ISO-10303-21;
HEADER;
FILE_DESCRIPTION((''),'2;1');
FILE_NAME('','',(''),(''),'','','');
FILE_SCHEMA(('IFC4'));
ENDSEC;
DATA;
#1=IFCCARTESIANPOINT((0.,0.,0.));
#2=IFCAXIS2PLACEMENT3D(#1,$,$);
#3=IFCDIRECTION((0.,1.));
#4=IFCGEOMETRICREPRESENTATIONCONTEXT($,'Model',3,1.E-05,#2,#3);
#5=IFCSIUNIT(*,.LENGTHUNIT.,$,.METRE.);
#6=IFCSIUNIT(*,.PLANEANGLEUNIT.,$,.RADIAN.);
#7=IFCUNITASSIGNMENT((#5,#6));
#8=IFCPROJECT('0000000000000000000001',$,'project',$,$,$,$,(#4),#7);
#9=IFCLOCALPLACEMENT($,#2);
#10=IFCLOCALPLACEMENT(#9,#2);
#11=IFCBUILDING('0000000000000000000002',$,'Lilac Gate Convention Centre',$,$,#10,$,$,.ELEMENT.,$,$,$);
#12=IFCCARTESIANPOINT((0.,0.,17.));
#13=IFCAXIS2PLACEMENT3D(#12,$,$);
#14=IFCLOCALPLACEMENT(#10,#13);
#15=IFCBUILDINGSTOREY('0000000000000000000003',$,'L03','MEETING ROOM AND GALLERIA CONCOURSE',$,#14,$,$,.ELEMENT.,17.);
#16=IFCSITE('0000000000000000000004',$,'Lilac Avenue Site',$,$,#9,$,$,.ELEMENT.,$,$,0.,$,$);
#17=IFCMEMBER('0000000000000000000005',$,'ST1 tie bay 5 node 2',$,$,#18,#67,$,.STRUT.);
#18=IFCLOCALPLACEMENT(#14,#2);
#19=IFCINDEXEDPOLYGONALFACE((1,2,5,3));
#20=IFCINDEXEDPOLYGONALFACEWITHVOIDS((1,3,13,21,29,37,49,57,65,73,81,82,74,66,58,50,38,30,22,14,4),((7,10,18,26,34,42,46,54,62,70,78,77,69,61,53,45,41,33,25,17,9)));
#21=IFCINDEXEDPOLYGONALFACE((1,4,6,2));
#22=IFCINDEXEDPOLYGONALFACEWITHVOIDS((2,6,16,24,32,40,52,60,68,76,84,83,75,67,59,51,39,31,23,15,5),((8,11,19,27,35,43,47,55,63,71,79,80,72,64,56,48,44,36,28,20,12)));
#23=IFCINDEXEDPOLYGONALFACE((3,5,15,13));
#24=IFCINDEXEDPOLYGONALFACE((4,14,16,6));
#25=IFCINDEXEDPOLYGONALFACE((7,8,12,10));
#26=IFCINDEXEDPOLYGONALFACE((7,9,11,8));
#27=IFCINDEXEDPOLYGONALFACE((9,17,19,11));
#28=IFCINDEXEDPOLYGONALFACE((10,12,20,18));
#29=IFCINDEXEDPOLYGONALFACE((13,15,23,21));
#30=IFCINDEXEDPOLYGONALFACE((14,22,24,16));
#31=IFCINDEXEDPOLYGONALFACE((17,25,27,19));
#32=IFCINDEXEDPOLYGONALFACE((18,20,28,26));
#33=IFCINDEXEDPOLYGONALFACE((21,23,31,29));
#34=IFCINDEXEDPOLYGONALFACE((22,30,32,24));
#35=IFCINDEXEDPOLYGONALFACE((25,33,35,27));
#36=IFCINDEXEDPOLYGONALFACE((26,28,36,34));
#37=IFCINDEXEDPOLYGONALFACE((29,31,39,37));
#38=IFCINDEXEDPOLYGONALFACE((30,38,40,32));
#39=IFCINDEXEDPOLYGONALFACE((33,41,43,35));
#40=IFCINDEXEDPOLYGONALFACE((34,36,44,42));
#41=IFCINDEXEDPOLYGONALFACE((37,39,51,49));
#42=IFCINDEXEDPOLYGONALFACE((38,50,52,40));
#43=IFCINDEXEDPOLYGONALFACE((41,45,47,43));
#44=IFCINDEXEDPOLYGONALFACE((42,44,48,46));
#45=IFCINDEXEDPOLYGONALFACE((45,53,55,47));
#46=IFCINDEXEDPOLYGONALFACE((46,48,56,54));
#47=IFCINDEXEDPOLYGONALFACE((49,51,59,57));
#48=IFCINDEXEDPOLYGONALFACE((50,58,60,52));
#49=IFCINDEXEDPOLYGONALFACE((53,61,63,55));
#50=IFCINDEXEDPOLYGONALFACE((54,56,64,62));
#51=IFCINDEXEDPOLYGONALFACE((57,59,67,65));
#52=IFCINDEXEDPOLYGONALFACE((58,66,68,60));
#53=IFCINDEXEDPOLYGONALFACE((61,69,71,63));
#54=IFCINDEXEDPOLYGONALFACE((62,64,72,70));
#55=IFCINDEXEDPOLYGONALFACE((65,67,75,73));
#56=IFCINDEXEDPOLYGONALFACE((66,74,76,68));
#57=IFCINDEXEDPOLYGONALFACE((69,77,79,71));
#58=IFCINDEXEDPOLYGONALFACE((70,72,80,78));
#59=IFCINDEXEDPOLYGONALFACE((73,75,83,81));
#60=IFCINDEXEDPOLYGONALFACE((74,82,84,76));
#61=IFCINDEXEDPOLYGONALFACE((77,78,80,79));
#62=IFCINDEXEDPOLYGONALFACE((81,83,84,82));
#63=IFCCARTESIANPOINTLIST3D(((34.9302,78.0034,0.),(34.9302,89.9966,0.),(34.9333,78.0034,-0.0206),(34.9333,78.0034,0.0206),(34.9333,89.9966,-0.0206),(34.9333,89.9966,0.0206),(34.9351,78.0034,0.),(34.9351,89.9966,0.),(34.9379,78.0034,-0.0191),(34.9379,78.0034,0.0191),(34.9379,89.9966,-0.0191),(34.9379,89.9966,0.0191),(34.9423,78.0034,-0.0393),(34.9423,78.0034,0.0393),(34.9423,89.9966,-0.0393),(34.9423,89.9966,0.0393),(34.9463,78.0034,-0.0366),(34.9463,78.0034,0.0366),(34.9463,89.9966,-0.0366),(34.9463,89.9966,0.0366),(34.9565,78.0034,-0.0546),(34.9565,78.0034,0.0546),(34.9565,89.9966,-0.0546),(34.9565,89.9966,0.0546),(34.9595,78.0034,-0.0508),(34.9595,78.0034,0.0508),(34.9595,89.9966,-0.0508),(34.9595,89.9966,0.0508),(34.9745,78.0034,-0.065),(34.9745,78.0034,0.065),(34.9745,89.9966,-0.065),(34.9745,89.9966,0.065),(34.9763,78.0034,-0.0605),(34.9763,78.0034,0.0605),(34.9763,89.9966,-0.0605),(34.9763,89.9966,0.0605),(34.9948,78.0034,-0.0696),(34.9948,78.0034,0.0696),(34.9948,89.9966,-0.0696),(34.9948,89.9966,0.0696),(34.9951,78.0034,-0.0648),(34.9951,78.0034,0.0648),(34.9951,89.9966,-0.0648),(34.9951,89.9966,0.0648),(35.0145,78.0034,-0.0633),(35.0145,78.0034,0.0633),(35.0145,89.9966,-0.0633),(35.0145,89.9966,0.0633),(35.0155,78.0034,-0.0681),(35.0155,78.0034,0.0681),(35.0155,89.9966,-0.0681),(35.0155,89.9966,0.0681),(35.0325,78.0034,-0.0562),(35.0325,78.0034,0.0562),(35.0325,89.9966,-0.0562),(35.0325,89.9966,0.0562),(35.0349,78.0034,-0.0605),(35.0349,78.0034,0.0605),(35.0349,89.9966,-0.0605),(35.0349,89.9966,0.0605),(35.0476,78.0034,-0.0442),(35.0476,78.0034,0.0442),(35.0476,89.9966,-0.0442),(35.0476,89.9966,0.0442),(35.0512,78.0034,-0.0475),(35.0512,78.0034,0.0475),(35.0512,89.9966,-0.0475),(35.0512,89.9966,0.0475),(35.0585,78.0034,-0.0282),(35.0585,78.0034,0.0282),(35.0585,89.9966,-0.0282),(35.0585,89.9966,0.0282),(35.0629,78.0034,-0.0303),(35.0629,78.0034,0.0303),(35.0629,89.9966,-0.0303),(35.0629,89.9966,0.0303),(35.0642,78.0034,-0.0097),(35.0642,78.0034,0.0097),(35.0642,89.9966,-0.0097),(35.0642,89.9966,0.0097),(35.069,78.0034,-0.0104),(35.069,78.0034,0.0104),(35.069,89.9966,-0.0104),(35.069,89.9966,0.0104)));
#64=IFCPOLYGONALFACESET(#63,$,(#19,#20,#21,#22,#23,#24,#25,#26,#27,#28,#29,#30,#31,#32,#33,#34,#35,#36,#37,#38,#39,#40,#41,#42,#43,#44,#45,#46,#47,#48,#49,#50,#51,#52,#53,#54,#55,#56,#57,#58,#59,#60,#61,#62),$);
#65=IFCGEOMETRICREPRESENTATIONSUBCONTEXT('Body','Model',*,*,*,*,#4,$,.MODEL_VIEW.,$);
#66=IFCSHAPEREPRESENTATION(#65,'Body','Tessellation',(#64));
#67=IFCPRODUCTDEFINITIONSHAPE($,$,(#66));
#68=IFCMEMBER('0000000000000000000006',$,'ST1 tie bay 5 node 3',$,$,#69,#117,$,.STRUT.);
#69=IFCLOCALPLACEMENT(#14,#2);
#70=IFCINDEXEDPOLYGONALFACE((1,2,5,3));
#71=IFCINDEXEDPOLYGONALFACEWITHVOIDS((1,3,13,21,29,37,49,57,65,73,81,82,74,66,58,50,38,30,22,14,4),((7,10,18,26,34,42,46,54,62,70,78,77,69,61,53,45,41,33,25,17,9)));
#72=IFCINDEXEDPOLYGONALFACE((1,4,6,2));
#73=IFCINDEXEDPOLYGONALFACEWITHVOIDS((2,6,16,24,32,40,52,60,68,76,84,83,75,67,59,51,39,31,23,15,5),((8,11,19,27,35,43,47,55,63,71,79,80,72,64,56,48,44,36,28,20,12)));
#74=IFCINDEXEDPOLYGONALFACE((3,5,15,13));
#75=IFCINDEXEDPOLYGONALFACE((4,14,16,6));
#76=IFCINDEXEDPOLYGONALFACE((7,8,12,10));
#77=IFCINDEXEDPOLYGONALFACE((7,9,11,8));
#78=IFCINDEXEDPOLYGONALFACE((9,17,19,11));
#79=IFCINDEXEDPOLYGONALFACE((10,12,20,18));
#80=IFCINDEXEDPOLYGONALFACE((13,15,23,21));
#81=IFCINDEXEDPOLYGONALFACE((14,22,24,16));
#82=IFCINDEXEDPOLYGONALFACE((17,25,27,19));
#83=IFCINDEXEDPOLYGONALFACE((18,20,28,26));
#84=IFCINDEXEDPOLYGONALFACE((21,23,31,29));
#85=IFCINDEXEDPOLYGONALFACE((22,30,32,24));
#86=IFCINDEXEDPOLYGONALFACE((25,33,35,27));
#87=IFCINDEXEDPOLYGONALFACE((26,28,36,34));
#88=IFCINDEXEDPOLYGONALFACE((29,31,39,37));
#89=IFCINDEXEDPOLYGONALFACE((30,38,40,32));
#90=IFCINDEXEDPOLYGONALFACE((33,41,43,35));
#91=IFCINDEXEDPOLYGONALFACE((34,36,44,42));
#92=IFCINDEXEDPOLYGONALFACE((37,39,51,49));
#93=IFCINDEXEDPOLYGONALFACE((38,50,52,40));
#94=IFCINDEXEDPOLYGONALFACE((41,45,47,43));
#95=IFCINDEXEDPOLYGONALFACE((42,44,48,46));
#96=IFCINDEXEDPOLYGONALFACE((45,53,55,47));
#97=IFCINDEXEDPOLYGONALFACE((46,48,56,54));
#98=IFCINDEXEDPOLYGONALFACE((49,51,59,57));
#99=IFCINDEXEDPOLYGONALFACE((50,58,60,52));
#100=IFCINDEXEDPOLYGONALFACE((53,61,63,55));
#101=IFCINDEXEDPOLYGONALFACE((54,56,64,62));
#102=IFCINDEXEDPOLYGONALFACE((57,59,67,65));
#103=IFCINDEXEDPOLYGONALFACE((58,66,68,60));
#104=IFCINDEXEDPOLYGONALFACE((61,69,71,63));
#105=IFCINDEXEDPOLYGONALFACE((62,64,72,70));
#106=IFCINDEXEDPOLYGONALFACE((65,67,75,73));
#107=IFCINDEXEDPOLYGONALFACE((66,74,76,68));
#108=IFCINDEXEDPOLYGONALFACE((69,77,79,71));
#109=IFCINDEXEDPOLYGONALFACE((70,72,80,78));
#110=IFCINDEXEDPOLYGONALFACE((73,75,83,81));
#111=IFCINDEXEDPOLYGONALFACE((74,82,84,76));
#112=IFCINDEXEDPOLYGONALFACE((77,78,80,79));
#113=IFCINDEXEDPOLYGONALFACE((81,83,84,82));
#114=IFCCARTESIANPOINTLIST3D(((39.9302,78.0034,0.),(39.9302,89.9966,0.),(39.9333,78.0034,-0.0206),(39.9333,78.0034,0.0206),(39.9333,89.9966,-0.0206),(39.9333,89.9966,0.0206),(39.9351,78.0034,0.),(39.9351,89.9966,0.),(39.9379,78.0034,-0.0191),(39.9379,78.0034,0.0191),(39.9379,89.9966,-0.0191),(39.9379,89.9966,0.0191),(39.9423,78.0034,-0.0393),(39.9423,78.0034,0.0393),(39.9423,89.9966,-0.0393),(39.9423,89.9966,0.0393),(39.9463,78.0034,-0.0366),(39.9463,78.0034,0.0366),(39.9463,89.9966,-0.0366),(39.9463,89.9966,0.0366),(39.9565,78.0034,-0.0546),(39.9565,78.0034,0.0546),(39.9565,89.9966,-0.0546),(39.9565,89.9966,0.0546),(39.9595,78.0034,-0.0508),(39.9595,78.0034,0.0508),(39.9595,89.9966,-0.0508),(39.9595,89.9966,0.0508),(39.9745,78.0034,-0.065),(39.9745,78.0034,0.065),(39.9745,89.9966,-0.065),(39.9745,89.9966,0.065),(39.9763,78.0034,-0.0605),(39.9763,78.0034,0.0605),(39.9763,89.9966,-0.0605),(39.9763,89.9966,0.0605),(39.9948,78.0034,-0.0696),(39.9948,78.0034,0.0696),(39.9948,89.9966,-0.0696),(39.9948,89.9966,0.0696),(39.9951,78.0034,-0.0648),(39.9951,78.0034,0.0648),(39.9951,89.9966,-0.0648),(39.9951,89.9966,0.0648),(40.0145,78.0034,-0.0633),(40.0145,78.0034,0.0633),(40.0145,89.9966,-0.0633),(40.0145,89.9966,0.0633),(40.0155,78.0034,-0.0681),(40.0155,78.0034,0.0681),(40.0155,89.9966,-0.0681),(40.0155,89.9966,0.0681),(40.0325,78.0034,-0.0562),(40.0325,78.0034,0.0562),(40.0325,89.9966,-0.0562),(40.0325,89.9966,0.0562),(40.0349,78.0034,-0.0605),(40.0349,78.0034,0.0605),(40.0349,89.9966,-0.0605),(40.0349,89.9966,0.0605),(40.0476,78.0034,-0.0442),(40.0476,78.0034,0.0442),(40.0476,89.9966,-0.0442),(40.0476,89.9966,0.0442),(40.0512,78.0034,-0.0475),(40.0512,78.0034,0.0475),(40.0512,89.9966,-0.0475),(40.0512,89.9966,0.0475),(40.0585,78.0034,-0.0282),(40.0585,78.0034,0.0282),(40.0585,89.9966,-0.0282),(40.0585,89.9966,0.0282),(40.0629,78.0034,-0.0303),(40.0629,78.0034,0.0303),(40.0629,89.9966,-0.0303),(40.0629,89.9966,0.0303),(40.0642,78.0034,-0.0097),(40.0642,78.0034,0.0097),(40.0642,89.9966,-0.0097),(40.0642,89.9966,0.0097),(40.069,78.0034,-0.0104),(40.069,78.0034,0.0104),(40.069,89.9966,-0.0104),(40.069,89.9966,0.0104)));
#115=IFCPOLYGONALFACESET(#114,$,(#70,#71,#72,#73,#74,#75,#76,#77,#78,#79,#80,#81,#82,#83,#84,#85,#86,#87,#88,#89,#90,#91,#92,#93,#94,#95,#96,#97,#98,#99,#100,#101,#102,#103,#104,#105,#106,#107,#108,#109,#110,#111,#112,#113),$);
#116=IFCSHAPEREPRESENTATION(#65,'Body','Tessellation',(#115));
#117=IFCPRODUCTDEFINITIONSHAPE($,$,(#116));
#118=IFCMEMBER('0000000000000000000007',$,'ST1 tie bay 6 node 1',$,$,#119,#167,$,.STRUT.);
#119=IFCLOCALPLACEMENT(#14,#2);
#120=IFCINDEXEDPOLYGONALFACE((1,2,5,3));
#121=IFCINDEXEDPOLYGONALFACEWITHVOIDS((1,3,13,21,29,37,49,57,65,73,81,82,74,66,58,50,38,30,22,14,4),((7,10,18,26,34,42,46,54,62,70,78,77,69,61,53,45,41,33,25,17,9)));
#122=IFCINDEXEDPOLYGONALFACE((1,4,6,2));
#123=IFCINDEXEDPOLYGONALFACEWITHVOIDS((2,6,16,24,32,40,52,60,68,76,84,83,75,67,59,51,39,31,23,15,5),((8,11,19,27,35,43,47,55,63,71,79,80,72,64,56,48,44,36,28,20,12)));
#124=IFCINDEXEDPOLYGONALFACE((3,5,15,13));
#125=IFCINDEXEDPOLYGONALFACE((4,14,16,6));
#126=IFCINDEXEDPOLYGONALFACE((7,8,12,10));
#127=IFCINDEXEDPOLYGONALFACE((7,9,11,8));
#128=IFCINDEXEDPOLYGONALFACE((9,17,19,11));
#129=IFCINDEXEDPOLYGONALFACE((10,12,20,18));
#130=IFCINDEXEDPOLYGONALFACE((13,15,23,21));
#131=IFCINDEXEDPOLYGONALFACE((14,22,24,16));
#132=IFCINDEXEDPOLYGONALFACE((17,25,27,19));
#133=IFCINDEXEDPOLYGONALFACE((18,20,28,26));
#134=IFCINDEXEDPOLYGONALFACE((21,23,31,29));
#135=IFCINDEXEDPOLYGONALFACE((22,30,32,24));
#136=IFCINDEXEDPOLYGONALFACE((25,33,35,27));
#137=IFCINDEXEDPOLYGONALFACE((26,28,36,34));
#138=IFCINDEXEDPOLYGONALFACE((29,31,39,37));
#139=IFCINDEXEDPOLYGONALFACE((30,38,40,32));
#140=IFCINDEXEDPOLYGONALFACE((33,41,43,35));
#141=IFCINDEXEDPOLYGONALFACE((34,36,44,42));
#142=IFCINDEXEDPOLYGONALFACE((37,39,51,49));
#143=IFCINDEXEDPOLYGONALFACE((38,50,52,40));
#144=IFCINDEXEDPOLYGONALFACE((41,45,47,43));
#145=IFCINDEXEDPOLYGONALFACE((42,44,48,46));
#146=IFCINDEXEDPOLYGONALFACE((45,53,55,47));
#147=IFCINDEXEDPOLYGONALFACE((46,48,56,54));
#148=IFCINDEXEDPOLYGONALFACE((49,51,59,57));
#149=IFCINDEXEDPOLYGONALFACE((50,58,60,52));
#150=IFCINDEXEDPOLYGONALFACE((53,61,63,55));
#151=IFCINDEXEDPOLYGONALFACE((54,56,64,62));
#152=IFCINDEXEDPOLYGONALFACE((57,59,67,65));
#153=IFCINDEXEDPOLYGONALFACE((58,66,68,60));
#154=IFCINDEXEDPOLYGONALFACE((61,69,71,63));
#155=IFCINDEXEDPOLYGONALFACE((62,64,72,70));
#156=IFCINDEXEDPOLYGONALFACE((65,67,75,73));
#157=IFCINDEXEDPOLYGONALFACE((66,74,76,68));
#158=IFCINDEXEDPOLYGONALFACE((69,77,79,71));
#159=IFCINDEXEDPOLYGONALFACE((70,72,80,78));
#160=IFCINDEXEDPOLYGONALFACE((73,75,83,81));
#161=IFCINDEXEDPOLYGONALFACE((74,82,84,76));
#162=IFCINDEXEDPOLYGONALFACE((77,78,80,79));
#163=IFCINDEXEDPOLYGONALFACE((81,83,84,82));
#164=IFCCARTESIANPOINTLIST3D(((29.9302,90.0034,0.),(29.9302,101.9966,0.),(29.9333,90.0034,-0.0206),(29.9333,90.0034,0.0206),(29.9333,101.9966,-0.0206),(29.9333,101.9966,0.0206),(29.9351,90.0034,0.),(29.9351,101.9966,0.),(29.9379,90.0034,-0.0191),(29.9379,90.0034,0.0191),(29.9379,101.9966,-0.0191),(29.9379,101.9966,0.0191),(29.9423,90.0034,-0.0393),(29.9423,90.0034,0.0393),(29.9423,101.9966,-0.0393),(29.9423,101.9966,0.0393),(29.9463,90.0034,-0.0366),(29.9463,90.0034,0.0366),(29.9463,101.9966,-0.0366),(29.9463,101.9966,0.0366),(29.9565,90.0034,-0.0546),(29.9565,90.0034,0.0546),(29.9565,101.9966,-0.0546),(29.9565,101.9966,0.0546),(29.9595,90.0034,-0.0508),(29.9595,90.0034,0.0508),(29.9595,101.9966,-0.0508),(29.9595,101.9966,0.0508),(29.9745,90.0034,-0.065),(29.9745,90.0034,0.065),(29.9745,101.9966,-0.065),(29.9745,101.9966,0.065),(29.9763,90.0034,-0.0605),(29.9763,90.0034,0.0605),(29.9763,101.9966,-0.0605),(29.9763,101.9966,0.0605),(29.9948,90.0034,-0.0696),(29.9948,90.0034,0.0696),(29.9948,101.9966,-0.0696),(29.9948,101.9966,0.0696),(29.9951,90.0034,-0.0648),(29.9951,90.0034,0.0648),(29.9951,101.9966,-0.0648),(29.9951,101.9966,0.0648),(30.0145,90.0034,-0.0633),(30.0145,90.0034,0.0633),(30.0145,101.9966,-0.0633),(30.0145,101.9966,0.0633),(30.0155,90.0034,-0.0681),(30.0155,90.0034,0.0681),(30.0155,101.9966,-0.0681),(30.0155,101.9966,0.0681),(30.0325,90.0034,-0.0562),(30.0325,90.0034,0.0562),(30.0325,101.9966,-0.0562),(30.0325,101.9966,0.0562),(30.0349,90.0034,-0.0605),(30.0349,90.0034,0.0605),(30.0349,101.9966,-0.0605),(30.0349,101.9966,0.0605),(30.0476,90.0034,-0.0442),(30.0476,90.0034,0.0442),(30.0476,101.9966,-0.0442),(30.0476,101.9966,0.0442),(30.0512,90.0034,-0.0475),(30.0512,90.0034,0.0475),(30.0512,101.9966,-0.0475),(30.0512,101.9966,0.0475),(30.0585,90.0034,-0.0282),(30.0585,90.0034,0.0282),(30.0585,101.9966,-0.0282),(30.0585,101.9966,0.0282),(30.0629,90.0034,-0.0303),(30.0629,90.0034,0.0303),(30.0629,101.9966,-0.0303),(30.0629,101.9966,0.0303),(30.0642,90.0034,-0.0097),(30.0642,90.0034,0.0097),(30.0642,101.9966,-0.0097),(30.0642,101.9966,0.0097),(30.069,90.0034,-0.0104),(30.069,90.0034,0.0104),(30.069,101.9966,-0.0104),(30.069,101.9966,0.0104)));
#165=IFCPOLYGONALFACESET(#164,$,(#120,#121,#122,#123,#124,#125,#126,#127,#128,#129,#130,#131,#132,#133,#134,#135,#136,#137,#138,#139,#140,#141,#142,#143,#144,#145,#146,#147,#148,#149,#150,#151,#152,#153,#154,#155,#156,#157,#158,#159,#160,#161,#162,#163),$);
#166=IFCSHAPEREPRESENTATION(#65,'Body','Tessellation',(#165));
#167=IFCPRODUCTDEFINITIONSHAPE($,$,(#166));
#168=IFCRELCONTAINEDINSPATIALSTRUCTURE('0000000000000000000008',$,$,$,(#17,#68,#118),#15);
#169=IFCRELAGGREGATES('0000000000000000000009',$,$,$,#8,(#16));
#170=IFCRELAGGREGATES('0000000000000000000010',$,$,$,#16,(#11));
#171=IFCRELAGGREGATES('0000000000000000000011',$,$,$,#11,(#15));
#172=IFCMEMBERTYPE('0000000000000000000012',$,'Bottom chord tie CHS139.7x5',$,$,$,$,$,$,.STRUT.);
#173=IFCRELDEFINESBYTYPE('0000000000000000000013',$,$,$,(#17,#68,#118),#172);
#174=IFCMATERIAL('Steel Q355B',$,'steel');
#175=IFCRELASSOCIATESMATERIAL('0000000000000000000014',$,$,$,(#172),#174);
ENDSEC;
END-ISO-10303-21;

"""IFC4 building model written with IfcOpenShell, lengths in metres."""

from ifc_helpers import new_model, si_unit, direction, frame, origin, origin_2d, place, context, subcontext, project, spatial, hollow_circle, extrude, material, material_profile, profile_set, type_object, element, save


model = new_model("IFC4")

# Units and contexts
model_context = context("Model", 3, precision=1e-05, world=origin(), true_north=direction((0.0, 1.0)))
body_context = subcontext(model_context, "Body", "Model", "MODEL_VIEW")
ifc_project = project(units=[si_unit("LENGTHUNIT", "METRE"), si_unit("PLANEANGLEUNIT", "RADIAN")], contexts=[model_context])

# Site, building, storey
site_placement = place(None, origin())
site = spatial("IfcSite", under=ifc_project, at=site_placement, Name="Lilac Avenue Site", CompositionType="ELEMENT", RefElevation=0.0)
building_placement = place(site_placement, origin())
building = spatial("IfcBuilding", under=site, at=building_placement, Name="Lilac Gate Convention Centre", CompositionType="ELEMENT")
storey_placement = place(building_placement, frame((0.0, 0.0, 17.0)))
storey = spatial("IfcBuildingStorey", under=building, at=storey_placement, Name="L03", Description="MEETING ROOM AND GALLERIA CONCOURSE", CompositionType="ELEMENT", Elevation=17.0)

# Members
ifc_material = material(Name="Steel Q355B", Category="steel")
ifc_material_profile_1 = material_profile(ifc_material, hollow_circle(Radius=0.0698, WallThickness=0.0049, at=origin_2d()), Name="CHS139.7x5")
ifc_profile_set_1 = profile_set([ifc_material_profile_1], Name="Steel Q355B")
member_type_1 = type_object("IfcMemberType", Name="Bottom chord tie CHS139.7x5", PredefinedType="STRUT", material=ifc_profile_set_1)
for number, where, z_axis, x_axis, name in (
    (1, (35.0, 78.0034, 0.0), (0.0, 1.0, 0.0), (-1.0, 0.0, 0.0), "ST1 tie bay 5 node 2"),
    (2, (40.0, 78.0034, 0.0), (0.0, 1.0, 0.0), (-1.0, 0.0, 0.0), "ST1 tie bay 5 node 3"),
    (3, (30.0, 90.0034, 0.0), (0.0, 1.0, 0.0), (-1.0, 0.0, 0.0), "ST1 tie bay 6 node 1"),
):
    element("IfcMember", number, at=place(storey_placement, frame(where, z_axis=z_axis, x_axis=x_axis)), inside=storey, type_object=member_type_1, Name=name, PredefinedType="STRUT", context=body_context, shape_type="SweptSolid", body=[
        extrude(hollow_circle(Radius=0.0698, WallThickness=0.0049, at=origin_2d()), origin(), (0.0, 0.0, 1.0), 11.9932),
    ])

save(model, "model.ifc")
